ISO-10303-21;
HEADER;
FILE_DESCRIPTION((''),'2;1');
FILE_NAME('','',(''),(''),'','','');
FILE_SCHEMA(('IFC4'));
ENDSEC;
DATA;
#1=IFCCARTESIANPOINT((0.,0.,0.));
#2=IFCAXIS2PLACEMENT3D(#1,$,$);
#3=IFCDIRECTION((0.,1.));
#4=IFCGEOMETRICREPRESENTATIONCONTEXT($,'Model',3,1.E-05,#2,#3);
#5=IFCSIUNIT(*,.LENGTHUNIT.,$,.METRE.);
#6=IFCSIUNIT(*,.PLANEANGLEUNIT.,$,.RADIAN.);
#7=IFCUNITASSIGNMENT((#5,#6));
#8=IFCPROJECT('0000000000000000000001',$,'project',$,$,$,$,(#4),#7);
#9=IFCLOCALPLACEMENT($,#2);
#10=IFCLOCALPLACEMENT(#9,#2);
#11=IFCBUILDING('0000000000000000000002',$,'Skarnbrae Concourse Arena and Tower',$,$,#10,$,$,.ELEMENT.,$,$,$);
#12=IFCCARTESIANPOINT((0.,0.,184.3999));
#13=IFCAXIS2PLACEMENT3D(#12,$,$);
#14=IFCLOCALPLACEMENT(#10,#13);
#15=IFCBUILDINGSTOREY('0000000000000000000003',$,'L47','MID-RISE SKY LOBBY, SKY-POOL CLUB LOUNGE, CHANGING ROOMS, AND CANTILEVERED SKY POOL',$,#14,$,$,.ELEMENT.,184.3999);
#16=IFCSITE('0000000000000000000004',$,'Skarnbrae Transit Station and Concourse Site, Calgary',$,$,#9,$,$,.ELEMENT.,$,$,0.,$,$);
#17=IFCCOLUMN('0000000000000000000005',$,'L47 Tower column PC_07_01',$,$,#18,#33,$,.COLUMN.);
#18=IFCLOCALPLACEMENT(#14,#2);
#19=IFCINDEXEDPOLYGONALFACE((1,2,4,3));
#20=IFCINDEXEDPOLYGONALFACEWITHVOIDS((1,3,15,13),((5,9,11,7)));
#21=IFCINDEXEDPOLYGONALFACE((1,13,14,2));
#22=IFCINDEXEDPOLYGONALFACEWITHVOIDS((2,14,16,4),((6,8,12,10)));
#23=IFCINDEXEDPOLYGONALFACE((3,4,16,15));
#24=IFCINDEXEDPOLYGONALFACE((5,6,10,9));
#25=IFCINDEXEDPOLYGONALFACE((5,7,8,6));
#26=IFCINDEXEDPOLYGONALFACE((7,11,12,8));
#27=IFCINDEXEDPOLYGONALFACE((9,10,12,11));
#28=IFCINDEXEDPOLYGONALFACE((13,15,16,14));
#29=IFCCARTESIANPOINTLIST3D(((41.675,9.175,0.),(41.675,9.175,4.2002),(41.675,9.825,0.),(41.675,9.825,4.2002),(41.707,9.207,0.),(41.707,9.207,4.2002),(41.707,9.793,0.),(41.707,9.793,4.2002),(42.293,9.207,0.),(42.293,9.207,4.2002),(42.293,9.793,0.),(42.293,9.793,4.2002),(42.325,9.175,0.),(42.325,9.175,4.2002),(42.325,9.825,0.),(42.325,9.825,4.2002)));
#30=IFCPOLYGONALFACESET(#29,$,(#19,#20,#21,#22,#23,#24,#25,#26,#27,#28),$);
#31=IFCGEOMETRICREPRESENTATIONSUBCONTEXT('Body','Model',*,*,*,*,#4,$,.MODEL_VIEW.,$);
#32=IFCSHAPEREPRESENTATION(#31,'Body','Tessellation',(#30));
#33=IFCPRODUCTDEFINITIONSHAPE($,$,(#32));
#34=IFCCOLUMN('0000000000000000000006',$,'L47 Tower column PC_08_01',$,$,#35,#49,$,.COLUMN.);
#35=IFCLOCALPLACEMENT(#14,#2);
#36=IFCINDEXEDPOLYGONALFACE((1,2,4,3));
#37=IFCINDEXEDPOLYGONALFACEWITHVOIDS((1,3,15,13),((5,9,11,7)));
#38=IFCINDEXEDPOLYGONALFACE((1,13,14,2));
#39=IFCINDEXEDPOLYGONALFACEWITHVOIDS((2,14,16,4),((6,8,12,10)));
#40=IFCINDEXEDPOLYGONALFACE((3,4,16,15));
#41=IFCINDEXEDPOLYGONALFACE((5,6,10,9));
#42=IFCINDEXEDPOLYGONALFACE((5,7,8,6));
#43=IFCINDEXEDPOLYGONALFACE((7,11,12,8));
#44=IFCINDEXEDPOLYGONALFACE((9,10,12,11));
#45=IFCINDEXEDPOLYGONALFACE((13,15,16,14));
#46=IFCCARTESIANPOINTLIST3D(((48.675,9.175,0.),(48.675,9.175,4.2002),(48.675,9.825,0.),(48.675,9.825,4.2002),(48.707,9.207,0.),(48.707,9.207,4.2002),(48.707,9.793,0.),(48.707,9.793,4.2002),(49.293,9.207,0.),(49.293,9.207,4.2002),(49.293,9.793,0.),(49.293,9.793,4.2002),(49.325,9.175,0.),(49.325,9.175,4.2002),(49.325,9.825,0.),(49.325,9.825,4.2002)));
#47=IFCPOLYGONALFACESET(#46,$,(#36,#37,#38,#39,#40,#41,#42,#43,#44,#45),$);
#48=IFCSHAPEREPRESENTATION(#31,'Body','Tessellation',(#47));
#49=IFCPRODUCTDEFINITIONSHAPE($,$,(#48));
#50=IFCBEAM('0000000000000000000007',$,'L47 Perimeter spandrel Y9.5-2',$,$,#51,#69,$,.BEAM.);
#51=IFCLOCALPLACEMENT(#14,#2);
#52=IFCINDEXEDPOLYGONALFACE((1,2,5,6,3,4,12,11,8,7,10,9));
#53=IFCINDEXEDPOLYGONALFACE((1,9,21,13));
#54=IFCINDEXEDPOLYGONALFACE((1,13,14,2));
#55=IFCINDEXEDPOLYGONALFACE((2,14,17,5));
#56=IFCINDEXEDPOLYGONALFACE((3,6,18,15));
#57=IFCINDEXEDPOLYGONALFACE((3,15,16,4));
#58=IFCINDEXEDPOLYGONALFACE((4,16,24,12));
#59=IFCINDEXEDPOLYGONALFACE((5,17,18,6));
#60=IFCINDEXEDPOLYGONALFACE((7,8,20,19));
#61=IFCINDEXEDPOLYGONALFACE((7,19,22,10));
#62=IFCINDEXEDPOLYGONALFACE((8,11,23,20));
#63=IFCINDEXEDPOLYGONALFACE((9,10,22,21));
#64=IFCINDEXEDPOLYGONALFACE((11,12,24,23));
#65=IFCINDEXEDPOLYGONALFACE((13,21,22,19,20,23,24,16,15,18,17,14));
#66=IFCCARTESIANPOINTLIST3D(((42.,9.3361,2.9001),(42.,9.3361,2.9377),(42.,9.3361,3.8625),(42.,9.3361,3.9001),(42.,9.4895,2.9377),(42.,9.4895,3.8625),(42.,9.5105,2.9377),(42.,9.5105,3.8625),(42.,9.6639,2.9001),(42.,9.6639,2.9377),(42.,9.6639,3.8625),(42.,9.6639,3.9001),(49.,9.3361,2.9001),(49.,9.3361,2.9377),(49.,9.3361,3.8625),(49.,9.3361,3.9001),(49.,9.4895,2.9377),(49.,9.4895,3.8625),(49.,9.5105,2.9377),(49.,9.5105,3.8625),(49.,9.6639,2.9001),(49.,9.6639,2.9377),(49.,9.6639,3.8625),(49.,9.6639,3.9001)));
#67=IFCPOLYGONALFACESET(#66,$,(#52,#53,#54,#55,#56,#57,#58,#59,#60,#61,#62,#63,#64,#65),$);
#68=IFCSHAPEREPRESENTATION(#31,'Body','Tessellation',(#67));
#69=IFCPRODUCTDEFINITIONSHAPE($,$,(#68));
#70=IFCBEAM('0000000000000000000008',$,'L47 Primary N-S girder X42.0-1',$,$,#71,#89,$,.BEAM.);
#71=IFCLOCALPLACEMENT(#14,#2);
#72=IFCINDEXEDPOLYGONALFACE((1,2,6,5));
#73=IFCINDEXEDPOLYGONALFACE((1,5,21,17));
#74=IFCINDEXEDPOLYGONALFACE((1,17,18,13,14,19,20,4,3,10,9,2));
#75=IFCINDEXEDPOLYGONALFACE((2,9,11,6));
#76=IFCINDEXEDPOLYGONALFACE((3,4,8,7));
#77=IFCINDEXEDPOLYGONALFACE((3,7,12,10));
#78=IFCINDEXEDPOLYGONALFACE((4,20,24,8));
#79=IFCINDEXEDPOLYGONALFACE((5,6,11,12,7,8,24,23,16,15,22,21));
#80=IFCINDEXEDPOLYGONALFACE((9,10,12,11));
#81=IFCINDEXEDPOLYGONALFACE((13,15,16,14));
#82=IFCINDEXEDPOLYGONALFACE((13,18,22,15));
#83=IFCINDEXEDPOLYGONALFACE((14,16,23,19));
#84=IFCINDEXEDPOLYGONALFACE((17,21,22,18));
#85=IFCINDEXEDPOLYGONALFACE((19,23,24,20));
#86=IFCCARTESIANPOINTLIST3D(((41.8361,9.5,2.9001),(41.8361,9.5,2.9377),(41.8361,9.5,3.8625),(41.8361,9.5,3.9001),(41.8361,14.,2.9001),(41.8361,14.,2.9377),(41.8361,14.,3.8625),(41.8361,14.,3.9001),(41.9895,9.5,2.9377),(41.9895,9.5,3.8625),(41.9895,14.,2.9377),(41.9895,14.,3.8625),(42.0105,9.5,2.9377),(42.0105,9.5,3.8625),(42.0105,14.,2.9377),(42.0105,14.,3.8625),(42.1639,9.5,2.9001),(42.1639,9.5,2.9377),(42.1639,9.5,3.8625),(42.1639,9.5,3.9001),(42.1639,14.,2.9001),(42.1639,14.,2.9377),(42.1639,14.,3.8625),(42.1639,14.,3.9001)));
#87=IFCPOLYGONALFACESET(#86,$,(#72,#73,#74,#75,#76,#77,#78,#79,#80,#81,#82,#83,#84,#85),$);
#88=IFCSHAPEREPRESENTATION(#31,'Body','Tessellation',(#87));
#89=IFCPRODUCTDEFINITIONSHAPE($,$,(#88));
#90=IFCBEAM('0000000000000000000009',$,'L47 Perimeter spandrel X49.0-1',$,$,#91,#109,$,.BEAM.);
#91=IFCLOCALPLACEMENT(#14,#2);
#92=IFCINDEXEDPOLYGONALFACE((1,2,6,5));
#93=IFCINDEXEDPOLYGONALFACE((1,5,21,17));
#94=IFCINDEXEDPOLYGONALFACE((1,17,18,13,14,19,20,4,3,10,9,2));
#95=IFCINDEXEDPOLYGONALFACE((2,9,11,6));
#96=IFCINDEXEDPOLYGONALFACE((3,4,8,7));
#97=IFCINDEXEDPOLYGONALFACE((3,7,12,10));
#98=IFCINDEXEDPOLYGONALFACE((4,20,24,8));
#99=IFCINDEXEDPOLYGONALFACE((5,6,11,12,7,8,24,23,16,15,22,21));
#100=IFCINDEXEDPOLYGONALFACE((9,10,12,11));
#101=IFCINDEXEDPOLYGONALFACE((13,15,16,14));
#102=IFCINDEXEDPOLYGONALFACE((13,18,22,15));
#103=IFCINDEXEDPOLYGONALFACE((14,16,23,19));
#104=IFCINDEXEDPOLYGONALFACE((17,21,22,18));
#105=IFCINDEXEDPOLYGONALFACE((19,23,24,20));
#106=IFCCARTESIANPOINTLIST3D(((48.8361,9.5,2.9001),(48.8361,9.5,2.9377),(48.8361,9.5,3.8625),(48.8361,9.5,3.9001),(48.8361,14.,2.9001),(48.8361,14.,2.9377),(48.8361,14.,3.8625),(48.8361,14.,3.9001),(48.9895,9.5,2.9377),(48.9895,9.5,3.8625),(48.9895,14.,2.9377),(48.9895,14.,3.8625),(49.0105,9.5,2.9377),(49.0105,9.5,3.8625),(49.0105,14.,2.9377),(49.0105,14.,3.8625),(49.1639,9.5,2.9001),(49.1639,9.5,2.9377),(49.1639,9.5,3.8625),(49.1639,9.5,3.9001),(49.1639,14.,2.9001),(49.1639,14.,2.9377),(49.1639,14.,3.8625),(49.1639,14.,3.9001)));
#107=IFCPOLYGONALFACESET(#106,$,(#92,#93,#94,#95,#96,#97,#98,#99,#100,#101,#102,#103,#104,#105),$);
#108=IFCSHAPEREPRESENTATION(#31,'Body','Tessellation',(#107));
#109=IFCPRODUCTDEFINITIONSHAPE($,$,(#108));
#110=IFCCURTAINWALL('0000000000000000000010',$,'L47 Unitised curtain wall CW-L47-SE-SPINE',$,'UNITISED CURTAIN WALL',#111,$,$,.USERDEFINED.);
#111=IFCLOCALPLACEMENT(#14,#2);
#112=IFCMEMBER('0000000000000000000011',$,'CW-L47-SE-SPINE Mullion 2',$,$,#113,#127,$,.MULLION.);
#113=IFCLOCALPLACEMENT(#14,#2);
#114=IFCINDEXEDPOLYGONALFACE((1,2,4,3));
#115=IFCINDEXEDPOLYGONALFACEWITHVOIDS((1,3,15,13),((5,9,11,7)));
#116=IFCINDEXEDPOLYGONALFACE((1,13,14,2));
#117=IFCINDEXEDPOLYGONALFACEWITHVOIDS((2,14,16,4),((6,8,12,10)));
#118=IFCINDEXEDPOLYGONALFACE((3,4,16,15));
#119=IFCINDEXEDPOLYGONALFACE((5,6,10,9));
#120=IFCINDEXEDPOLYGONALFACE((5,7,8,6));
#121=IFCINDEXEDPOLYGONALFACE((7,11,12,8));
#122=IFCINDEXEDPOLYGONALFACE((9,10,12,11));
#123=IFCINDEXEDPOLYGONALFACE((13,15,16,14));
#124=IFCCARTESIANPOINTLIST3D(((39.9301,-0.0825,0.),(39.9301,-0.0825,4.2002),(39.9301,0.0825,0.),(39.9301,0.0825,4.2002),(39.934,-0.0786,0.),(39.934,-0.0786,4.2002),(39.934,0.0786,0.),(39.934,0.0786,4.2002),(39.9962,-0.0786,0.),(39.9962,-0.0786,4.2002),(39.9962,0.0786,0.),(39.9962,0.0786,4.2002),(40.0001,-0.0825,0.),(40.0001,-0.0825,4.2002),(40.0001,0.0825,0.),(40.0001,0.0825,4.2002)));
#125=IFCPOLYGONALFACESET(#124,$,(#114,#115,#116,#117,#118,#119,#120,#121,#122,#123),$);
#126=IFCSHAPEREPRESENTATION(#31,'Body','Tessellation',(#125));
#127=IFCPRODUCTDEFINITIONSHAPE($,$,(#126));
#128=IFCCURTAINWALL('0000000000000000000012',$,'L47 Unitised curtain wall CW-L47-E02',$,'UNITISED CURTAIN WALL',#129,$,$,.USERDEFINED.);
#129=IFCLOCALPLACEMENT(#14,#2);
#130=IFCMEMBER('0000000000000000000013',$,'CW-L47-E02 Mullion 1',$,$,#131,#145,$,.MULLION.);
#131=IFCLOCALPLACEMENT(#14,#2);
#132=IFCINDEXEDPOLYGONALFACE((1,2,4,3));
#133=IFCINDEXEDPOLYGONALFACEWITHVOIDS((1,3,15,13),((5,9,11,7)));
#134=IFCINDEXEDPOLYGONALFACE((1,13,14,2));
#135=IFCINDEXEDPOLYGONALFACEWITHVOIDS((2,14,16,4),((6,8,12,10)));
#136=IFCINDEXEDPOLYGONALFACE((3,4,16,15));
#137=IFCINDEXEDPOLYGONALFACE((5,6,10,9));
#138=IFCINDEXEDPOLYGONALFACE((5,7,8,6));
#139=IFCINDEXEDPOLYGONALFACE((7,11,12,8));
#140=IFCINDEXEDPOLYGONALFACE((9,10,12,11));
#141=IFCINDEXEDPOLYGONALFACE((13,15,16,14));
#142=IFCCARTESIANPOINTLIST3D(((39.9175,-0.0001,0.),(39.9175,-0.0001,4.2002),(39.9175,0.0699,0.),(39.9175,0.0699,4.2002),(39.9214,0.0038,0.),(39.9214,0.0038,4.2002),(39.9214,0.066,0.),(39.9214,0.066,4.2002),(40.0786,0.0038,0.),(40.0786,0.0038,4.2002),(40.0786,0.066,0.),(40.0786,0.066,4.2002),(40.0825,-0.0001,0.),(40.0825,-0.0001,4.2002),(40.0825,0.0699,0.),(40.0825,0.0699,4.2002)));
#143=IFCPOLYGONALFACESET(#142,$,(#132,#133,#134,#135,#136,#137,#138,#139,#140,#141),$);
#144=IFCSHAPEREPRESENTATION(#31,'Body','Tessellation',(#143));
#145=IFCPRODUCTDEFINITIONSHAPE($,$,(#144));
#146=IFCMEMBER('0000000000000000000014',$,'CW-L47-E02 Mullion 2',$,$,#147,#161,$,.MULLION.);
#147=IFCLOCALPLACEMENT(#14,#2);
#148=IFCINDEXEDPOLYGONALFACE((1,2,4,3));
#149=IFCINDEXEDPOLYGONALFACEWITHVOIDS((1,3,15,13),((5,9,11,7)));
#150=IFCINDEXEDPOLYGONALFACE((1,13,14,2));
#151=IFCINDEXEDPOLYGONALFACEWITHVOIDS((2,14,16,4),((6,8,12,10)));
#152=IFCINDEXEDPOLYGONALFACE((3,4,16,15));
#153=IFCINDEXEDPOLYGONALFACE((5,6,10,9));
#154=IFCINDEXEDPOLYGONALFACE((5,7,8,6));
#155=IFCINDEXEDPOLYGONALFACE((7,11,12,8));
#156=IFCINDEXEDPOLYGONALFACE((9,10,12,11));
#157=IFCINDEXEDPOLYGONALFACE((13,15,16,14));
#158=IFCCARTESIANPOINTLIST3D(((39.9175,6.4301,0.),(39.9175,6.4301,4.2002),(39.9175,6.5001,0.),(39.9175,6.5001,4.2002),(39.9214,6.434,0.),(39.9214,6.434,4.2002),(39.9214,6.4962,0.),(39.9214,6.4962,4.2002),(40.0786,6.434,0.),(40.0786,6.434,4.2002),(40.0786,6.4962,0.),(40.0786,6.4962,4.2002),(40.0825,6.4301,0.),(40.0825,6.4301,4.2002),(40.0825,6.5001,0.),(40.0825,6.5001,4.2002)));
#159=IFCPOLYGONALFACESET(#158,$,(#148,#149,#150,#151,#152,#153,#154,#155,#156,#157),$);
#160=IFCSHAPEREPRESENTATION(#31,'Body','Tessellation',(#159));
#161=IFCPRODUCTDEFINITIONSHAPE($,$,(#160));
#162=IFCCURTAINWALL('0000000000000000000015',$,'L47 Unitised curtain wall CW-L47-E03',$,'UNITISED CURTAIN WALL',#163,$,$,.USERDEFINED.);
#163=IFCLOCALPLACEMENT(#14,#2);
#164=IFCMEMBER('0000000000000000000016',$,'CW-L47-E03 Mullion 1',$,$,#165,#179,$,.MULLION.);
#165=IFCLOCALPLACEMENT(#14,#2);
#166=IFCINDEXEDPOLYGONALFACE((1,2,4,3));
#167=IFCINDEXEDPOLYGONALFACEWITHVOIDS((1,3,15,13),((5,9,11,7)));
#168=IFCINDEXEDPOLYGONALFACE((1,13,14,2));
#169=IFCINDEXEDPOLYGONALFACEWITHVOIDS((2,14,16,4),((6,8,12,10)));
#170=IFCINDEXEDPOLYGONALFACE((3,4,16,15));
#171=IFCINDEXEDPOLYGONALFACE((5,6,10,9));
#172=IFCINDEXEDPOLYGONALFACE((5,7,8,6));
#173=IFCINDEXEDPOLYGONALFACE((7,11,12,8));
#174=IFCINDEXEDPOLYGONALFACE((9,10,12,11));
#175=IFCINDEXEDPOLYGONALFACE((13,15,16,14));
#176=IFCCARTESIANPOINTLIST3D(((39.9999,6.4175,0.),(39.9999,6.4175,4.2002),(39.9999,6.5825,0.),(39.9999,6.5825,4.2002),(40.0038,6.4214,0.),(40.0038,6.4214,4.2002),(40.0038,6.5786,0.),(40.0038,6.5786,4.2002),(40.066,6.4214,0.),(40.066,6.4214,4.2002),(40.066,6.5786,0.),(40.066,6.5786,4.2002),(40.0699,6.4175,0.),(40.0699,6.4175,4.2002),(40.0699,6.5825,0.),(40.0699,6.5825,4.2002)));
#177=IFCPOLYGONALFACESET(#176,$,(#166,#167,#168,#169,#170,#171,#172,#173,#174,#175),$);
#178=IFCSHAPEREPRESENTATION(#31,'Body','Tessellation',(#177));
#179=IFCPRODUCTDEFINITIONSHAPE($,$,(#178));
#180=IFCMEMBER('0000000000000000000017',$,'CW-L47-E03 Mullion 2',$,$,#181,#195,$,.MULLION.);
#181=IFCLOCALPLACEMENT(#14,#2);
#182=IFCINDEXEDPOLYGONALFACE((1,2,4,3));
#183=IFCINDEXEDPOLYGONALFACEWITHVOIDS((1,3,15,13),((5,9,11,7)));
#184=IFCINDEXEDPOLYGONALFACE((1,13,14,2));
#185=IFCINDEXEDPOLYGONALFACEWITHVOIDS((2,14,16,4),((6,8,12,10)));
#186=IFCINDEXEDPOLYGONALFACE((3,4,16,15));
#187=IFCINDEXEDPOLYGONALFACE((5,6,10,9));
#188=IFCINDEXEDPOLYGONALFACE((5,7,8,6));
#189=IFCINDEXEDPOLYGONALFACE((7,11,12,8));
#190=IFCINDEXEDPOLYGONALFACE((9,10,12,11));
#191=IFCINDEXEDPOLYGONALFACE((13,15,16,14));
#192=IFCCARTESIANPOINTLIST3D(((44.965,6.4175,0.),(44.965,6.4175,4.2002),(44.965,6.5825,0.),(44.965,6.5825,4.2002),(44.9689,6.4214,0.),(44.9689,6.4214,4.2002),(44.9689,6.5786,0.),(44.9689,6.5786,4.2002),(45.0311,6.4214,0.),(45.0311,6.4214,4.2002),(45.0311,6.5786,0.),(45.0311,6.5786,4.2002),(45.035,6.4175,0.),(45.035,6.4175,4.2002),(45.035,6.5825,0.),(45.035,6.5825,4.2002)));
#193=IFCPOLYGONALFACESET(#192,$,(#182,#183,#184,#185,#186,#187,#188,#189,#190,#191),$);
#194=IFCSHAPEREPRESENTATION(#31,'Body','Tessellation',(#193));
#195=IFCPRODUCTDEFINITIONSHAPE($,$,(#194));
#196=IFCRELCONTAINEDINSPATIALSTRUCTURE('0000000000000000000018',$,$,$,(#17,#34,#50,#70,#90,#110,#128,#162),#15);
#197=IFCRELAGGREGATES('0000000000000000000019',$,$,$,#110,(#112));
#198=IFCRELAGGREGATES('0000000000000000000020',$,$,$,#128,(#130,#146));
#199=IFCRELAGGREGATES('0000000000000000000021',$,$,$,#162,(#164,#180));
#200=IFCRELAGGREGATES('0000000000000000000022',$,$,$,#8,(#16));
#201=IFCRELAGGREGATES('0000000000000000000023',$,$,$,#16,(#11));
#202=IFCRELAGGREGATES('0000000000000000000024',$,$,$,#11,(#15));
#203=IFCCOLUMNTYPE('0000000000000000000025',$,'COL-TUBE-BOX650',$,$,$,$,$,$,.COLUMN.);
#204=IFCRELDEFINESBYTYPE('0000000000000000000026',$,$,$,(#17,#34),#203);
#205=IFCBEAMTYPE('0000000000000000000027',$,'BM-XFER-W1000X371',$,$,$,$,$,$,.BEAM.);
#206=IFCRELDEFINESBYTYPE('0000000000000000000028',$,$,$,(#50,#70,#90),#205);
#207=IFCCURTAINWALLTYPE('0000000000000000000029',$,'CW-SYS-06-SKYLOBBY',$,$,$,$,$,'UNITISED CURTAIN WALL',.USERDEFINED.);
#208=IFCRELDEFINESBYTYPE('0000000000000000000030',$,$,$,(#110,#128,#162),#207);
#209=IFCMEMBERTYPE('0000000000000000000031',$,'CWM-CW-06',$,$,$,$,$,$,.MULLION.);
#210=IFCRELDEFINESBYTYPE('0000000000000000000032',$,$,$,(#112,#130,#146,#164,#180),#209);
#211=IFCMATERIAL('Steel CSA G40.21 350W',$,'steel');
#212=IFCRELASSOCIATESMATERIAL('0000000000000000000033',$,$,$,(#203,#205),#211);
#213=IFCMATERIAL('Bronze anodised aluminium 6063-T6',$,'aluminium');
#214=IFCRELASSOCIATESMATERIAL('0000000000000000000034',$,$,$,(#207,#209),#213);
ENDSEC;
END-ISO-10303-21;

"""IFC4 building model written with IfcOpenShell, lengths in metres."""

from ifc_helpers import new_model, si_unit, direction, frame, origin, origin_2d, place, context, subcontext, project, spatial, hollow_rectangle, i_section, extrude, source, transform, mapped, material, material_profile, profile_set, type_object, element, aggregate, save


model = new_model("IFC4")

# Units and contexts
model_context = context("Model", 3, precision=1e-05, world=origin(), true_north=direction((0.0, 1.0)))
body_context = subcontext(model_context, "Body", "Model", "MODEL_VIEW")
ifc_project = project(units=[si_unit("LENGTHUNIT", "METRE"), si_unit("PLANEANGLEUNIT", "RADIAN")], contexts=[model_context])

# Site, building, storey
site_placement = place(None, origin())
site = spatial("IfcSite", under=ifc_project, at=site_placement, Name="Skarnbrae Transit Station and Concourse Site, Calgary", CompositionType="ELEMENT", RefElevation=0.0)
building_placement = place(site_placement, origin())
building = spatial("IfcBuilding", under=site, at=building_placement, Name="Skarnbrae Concourse Arena and Tower", CompositionType="ELEMENT")
storey_placement = place(building_placement, frame((0.0, 0.0, 184.3999)))
storey = spatial("IfcBuildingStorey", under=building, at=storey_placement, Name="L47", Description="MID-RISE SKY LOBBY, SKY-POOL CLUB LOUNGE, CHANGING ROOMS, AND CANTILEVERED SKY POOL", CompositionType="ELEMENT", Elevation=184.3999)

# Columns
ifc_material_1 = material(Name="Steel CSA G40.21 350W", Category="steel")
ifc_material_profile_1 = material_profile(ifc_material_1, hollow_rectangle(XDim=0.6499, YDim=0.6499, WallThickness=0.032, at=origin_2d()), Name="BOX650X650X32")
ifc_profile_set_1 = profile_set([ifc_material_profile_1], Name="Steel CSA G40.21 350W")
column_type = type_object("IfcColumnType", Name="COL-TUBE-BOX650", PredefinedType="COLUMN", material=ifc_profile_set_1)
shared_shape_1 = source(origin(), body_context, "Body", "SweptSolid", [
    extrude(hollow_rectangle(XDim=0.6499, YDim=0.6499, WallThickness=0.032, at=origin_2d()), origin(), (0.0, 0.0, 1.0), 4.2002),
])
for number, where, z_axis, x_axis, name in (
    (1, (42.0, 9.5, 0.0), (0.0, 0.0, 1.0), (1.0, 0.0, 0.0), "L47 Tower column PC_07_01"),
    (2, (49.0, 9.5, 0.0), (0.0, 0.0, 1.0), (1.0, 0.0, 0.0), "L47 Tower column PC_08_01"),
):
    element("IfcColumn", number, at=place(storey_placement, frame(where, z_axis=z_axis, x_axis=x_axis)), inside=storey, type_object=column_type, Name=name, PredefinedType="COLUMN", context=body_context, shape_type="MappedRepresentation", body=[
        mapped(shared_shape_1, transform((0.0, 0.0, 0.0))),
    ])

# Beams
ifc_material_profile_2 = material_profile(ifc_material_1, i_section(OverallWidth=0.3279, OverallDepth=1.0, WebThickness=0.021, FlangeThickness=0.0376, at=origin_2d()), Name="W1000X371")
ifc_profile_set_2 = profile_set([ifc_material_profile_2], Name="Steel CSA G40.21 350W")
beam_type = type_object("IfcBeamType", Name="BM-XFER-W1000X371", PredefinedType="BEAM", material=ifc_profile_set_2)
shared_shape_2 = source(origin(), body_context, "Body", "SweptSolid", [
    extrude(i_section(OverallWidth=0.3279, OverallDepth=1.0, WebThickness=0.021, FlangeThickness=0.0376, at=origin_2d()), origin(), (0.0, 0.0, 1.0), 7.0),
])
beam_placement = place(storey_placement, frame((42.0, 9.5, 3.4001), z_axis=(1.0, 0.0, 0.0), x_axis=(0.0, 1.0, 0.0)))
element("IfcBeam", 3, at=beam_placement, inside=storey, type_object=beam_type, Name="L47 Perimeter spandrel Y9.5-2", PredefinedType="BEAM", context=body_context, shape_type="MappedRepresentation", body=[
    mapped(shared_shape_2, transform((0.0, 0.0, 0.0))),
])
shared_shape_3 = source(origin(), body_context, "Body", "SweptSolid", [
    extrude(i_section(OverallWidth=0.3279, OverallDepth=1.0, WebThickness=0.021, FlangeThickness=0.0376, at=origin_2d()), origin(), (0.0, 0.0, 1.0), 4.5),
])
for number, where, z_axis, x_axis, name in (
    (4, (42.0, 9.5, 3.4001), (0.0, 1.0, 0.0), (-1.0, 0.0, 0.0), "L47 Primary N-S girder X42.0-1"),
    (5, (49.0, 9.5, 3.4001), (0.0, 1.0, 0.0), (-1.0, 0.0, 0.0), "L47 Perimeter spandrel X49.0-1"),
):
    element("IfcBeam", number, at=place(storey_placement, frame(where, z_axis=z_axis, x_axis=x_axis)), inside=storey, type_object=beam_type, Name=name, PredefinedType="BEAM", context=body_context, shape_type="MappedRepresentation", body=[
        mapped(shared_shape_3, transform((0.0, 0.0, 0.0))),
    ])

# Curtain wall, member
ifc_material_2 = material(Name="Bronze anodised aluminium 6063-T6", Category="aluminium")
curtain_wall_type = type_object("IfcCurtainWallType", Name="CW-SYS-06-SKYLOBBY", ElementType="UNITISED CURTAIN WALL", PredefinedType="USERDEFINED", material=ifc_material_2)
curtain_wall_1_placement = place(storey_placement, origin())
curtain_wall_1 = element("IfcCurtainWall", 6, at=curtain_wall_1_placement, inside=storey, type_object=curtain_wall_type, Name="L47 Unitised curtain wall CW-L47-SE-SPINE", ObjectType="UNITISED CURTAIN WALL", PredefinedType="USERDEFINED")
ifc_material_profile_3 = material_profile(ifc_material_2, hollow_rectangle(XDim=0.0701, YDim=0.165, WallThickness=0.0039, at=origin_2d()), Name="ALU-MULL-70X165")
ifc_profile_set_3 = profile_set([ifc_material_profile_3], Name="Bronze anodised aluminium 6063-T6")
member_type_1 = type_object("IfcMemberType", Name="CWM-CW-06", PredefinedType="MULLION", material=ifc_profile_set_3)
shared_shape_4 = source(origin(), body_context, "Body", "SweptSolid", [
    extrude(hollow_rectangle(XDim=0.0701, YDim=0.165, WallThickness=0.0039, at=origin_2d()), origin(), (0.0, 0.0, 1.0), 4.2002),
])
member_1_placement = place(storey_placement, frame((39.9651, 0.0, 0.0), z_axis=(0.0, 0.0, 1.0), x_axis=(1.0, 0.0, 0.0)))
member_1 = element("IfcMember", 7, at=member_1_placement, type_object=member_type_1, Name="CW-L47-SE-SPINE Mullion 2", PredefinedType="MULLION", context=body_context, shape_type="MappedRepresentation", body=[
    mapped(shared_shape_4, transform((0.0, 0.0, 0.0))),
])

# Curtain walls, members
curtain_wall_2_placement = place(storey_placement, origin())
curtain_wall_2 = element("IfcCurtainWall", 8, at=curtain_wall_2_placement, inside=storey, type_object=curtain_wall_type, Name="L47 Unitised curtain wall CW-L47-E02", ObjectType="UNITISED CURTAIN WALL", PredefinedType="USERDEFINED")
member_2_placement = place(storey_placement, frame((40.0, 0.0349, 0.0), z_axis=(0.0, 0.0, 1.0), x_axis=(0.0, 1.0, 0.0)))
member_2 = element("IfcMember", 9, at=member_2_placement, type_object=member_type_1, Name="CW-L47-E02 Mullion 1", PredefinedType="MULLION", context=body_context, shape_type="MappedRepresentation", body=[
    mapped(shared_shape_4, transform((0.0, 0.0, 0.0))),
])
member_3_placement = place(storey_placement, frame((40.0, 6.4651, 0.0), z_axis=(0.0, 0.0, 1.0), x_axis=(0.0, 1.0, 0.0)))
member_3 = element("IfcMember", 10, at=member_3_placement, type_object=member_type_1, Name="CW-L47-E02 Mullion 2", PredefinedType="MULLION", context=body_context, shape_type="MappedRepresentation", body=[
    mapped(shared_shape_4, transform((0.0, 0.0, 0.0))),
])
curtain_wall_3_placement = place(storey_placement, origin())
curtain_wall_3 = element("IfcCurtainWall", 11, at=curtain_wall_3_placement, inside=storey, type_object=curtain_wall_type, Name="L47 Unitised curtain wall CW-L47-E03", ObjectType="UNITISED CURTAIN WALL", PredefinedType="USERDEFINED")
member_4_placement = place(storey_placement, frame((40.0349, 6.5, 0.0), z_axis=(0.0, 0.0, 1.0), x_axis=(1.0, 0.0, 0.0)))
member_4 = element("IfcMember", 12, at=member_4_placement, type_object=member_type_1, Name="CW-L47-E03 Mullion 1", PredefinedType="MULLION", context=body_context, shape_type="MappedRepresentation", body=[
    mapped(shared_shape_4, transform((0.0, 0.0, 0.0))),
])
member_5_placement = place(storey_placement, frame((45.0, 6.5, 0.0), z_axis=(0.0, 0.0, 1.0), x_axis=(1.0, 0.0, 0.0)))
member_5 = element("IfcMember", 13, at=member_5_placement, type_object=member_type_1, Name="CW-L47-E03 Mullion 2", PredefinedType="MULLION", context=body_context, shape_type="MappedRepresentation", body=[
    mapped(shared_shape_4, transform((0.0, 0.0, 0.0))),
])

aggregate(curtain_wall_1, [member_1])
aggregate(curtain_wall_2, [member_2, member_3])
aggregate(curtain_wall_3, [member_4, member_5])

save(model, "model.ifc")
